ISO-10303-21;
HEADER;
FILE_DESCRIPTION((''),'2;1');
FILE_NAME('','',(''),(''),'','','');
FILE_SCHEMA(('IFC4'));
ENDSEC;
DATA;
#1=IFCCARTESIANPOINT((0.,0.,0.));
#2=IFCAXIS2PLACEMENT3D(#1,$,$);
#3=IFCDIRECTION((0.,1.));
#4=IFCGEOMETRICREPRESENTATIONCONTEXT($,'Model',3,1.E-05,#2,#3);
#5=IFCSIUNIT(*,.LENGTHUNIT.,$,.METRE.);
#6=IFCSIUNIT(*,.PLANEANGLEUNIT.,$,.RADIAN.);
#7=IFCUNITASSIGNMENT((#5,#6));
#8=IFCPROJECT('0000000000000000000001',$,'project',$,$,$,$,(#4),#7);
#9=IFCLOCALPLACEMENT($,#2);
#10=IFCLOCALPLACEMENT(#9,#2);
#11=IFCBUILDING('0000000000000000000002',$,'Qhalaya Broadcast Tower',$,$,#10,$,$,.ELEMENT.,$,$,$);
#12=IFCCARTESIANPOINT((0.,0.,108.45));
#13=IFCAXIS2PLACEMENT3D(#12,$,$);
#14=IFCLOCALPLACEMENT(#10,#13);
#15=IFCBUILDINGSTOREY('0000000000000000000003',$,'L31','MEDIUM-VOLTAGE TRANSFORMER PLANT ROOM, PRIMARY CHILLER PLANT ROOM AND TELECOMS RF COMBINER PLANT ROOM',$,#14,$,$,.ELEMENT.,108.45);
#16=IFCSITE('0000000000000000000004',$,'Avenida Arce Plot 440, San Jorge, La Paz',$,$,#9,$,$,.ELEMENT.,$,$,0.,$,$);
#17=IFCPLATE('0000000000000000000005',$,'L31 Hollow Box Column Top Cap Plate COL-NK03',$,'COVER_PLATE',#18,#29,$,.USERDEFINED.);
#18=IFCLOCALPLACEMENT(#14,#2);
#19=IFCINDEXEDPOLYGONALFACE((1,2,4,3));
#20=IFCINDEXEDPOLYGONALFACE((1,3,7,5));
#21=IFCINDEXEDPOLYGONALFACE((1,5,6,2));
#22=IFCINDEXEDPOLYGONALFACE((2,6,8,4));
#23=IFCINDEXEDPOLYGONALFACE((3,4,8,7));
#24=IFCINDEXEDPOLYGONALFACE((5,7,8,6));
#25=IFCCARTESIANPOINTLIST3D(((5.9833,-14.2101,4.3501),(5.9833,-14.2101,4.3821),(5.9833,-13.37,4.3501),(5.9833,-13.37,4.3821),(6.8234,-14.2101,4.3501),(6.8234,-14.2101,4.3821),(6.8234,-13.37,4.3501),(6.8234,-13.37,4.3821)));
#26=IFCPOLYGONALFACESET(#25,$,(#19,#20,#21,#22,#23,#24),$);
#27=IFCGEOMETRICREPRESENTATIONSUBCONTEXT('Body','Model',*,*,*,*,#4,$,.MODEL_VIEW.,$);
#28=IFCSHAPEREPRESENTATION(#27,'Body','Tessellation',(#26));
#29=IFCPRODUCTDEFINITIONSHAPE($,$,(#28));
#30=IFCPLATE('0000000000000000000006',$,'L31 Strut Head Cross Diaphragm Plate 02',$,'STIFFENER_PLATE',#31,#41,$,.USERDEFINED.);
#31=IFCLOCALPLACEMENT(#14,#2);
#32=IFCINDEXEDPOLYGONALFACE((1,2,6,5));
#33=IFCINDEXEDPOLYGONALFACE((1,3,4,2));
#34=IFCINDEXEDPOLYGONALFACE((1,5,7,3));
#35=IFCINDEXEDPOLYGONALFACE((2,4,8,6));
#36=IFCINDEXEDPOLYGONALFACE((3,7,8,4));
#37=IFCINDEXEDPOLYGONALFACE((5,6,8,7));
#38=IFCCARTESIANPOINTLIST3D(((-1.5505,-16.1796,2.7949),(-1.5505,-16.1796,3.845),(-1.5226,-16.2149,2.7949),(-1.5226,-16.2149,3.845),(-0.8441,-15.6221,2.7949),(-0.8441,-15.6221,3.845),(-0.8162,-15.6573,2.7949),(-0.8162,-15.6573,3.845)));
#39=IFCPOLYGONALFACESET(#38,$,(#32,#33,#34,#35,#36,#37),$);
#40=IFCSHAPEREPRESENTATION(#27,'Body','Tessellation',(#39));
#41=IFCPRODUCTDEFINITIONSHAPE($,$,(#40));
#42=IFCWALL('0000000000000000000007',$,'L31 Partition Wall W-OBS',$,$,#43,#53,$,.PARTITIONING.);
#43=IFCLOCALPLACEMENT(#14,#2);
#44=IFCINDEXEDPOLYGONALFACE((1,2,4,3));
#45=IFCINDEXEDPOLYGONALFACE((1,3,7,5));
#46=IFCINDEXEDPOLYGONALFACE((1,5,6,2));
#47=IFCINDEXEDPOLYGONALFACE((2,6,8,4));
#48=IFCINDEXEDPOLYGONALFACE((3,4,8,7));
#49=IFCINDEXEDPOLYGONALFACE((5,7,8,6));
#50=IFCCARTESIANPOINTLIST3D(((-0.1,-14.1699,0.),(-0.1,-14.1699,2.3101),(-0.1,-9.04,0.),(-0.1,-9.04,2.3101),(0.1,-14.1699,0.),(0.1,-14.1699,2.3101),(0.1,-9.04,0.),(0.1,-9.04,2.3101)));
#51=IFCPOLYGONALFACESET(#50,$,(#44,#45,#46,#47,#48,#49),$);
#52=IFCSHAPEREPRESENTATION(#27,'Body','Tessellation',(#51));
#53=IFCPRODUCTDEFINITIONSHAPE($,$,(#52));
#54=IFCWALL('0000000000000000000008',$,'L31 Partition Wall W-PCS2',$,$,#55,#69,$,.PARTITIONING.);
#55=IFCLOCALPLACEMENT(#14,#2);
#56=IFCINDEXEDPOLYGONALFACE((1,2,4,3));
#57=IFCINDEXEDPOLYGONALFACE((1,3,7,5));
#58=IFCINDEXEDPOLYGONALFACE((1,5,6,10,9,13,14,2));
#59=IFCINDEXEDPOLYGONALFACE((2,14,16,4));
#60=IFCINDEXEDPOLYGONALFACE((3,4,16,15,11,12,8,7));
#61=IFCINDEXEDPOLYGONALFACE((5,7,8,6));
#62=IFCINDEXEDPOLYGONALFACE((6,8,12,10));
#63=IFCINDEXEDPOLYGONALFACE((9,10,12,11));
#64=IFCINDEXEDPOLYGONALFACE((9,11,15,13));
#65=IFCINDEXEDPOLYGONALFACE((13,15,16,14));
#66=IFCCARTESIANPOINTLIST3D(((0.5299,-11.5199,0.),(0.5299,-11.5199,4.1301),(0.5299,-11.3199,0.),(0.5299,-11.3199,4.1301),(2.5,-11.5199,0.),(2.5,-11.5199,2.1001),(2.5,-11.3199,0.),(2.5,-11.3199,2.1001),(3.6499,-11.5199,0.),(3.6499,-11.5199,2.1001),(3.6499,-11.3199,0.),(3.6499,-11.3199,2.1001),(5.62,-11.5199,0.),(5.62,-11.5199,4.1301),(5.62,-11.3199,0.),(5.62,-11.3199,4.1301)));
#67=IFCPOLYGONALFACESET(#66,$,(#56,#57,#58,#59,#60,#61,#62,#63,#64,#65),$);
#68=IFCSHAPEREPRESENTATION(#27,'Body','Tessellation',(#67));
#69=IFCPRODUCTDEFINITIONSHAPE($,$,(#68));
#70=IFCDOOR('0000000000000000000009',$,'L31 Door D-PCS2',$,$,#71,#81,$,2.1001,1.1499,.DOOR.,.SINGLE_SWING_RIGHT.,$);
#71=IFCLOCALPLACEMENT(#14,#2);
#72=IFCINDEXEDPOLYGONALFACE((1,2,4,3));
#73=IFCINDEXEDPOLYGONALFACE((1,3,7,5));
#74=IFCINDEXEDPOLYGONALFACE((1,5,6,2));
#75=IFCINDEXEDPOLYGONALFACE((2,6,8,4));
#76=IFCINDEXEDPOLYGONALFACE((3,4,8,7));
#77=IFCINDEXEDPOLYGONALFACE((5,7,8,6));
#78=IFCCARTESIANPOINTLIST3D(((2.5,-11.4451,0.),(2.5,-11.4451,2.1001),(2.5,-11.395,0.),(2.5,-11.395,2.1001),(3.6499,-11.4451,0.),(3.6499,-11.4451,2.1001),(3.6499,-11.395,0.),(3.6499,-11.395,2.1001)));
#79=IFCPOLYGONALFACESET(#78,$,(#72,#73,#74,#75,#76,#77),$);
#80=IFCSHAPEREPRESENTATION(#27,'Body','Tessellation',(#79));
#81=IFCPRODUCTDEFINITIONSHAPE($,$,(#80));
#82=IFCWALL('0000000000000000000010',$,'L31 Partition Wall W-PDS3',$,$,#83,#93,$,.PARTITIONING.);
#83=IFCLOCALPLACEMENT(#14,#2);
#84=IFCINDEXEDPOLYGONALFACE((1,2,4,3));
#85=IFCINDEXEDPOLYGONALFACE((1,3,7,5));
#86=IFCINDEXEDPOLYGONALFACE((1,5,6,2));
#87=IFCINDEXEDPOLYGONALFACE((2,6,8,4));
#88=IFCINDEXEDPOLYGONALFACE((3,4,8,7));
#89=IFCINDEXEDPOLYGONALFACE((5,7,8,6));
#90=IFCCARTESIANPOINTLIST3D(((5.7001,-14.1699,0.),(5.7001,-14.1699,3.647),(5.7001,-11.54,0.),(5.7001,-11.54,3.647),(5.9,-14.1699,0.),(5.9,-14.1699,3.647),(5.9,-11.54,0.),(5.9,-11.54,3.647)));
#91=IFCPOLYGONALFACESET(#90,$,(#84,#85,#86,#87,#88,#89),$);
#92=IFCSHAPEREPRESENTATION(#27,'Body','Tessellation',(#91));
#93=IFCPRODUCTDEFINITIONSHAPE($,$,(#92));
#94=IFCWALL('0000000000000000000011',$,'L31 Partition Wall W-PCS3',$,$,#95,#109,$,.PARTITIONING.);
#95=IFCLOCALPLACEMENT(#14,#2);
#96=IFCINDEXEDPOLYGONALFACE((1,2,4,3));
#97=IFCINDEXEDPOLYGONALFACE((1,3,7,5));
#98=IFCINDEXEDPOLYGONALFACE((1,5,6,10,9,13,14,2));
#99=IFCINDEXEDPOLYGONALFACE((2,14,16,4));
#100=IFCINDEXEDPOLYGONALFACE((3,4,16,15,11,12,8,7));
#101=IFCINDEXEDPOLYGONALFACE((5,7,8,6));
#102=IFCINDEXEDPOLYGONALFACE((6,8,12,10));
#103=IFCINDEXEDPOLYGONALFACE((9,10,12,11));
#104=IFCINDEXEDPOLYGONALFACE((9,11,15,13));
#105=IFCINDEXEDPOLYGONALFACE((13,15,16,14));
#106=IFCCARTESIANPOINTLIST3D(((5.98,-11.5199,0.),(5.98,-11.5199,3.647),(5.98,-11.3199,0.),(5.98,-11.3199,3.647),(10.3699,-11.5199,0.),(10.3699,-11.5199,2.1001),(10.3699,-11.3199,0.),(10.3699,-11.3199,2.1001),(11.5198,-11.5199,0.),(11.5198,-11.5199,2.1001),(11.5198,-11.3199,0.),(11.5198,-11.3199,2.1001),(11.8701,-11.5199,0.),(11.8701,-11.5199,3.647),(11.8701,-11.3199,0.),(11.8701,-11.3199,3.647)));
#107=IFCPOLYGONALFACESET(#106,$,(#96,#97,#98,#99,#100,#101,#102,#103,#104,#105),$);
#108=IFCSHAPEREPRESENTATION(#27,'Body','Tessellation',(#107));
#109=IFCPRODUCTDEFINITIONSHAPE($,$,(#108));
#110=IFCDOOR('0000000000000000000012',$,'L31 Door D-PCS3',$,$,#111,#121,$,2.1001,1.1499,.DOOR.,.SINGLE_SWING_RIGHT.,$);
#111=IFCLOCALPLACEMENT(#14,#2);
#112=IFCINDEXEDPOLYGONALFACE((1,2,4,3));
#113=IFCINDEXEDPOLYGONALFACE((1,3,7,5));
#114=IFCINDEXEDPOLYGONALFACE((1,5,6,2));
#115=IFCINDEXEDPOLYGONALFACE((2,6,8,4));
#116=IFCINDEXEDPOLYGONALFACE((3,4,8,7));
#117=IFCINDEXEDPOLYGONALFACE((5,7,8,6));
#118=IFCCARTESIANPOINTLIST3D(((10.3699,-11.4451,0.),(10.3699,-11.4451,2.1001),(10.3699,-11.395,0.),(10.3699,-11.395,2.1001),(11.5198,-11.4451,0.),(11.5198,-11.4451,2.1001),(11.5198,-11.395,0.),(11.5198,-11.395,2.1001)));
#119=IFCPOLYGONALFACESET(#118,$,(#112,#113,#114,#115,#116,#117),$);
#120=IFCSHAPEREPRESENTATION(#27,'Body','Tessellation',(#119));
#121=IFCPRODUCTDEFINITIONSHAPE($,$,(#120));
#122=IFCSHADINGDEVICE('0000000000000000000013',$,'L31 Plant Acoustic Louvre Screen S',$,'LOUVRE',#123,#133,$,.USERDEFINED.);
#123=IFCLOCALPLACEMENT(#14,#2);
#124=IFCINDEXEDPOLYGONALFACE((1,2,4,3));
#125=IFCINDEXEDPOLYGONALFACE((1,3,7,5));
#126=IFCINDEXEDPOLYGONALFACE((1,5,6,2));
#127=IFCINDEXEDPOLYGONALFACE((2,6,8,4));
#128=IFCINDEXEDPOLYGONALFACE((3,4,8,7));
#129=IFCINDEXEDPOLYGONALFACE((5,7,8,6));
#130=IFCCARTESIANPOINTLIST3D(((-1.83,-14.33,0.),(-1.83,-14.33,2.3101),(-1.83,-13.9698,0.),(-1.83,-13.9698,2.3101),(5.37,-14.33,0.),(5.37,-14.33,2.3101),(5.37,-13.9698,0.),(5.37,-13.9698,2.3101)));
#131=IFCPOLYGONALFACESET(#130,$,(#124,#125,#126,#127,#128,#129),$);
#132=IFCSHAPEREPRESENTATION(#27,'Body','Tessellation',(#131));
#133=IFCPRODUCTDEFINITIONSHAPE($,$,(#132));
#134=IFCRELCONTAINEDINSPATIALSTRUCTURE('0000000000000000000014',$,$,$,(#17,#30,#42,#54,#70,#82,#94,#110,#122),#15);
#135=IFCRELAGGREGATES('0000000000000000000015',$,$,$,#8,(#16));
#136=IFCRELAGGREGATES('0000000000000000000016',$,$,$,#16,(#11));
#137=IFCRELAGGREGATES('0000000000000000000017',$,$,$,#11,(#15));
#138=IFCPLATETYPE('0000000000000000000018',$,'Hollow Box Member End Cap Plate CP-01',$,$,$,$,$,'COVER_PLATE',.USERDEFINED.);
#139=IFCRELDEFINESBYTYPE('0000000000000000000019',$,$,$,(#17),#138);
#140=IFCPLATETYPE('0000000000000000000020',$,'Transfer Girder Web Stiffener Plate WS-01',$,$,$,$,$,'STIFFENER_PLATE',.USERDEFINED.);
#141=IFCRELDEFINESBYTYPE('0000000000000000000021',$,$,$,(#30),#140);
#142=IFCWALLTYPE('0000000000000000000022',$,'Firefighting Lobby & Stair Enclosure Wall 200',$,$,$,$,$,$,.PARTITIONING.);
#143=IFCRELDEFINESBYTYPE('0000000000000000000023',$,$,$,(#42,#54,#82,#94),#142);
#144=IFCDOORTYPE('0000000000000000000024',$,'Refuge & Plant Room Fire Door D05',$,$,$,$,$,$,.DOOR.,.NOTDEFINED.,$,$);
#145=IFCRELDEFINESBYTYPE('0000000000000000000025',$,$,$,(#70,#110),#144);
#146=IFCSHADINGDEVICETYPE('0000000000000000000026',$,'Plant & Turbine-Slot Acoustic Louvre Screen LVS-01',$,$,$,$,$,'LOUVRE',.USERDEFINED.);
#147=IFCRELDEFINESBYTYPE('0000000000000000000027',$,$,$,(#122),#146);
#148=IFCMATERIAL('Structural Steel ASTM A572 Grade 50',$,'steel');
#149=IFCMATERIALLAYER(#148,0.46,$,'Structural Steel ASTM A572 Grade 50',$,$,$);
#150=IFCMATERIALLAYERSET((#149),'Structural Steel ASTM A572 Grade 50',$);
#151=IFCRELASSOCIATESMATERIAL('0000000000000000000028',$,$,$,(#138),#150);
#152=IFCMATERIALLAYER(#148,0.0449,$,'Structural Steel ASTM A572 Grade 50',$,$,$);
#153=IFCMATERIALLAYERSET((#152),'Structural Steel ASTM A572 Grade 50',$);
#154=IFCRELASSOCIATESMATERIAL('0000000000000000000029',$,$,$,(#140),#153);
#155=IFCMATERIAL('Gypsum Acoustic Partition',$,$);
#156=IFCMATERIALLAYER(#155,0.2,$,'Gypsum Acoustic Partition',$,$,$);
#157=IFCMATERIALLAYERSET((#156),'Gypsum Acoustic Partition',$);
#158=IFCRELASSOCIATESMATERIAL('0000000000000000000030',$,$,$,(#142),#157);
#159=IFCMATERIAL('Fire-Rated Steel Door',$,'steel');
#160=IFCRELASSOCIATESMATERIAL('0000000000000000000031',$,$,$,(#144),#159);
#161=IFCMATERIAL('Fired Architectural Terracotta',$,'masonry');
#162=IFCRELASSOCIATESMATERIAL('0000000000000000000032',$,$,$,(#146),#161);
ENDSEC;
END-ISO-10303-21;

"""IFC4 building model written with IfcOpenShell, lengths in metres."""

from ifc_helpers import new_model, si_unit, direction, frame, frame_2d, origin, origin_2d, place, context, subcontext, project, spatial, rectangle, extrude, material, layer, layer_set, type_object, element, fill, save


model = new_model("IFC4")

# Units and contexts
model_context = context("Model", 3, precision=1e-05, world=origin(), true_north=direction((0.0, 1.0)))
body_context = subcontext(model_context, "Body", "Model", "MODEL_VIEW")
ifc_project = project(units=[si_unit("LENGTHUNIT", "METRE"), si_unit("PLANEANGLEUNIT", "RADIAN")], contexts=[model_context])

# Site, building, storey
site_placement = place(None, origin())
site = spatial("IfcSite", under=ifc_project, at=site_placement, Name="Avenida Arce Plot 440, San Jorge, La Paz", CompositionType="ELEMENT", RefElevation=0.0)
building_placement = place(site_placement, origin())
building = spatial("IfcBuilding", under=site, at=building_placement, Name="Qhalaya Broadcast Tower", CompositionType="ELEMENT")
storey_placement = place(building_placement, frame((0.0, 0.0, 108.45)))
storey = spatial("IfcBuildingStorey", under=building, at=storey_placement, Name="L31", Description="MEDIUM-VOLTAGE TRANSFORMER PLANT ROOM, PRIMARY CHILLER PLANT ROOM AND TELECOMS RF COMBINER PLANT ROOM", CompositionType="ELEMENT", Elevation=108.45)

# Shared definitions
ifc_material_1 = material(Name="Structural Steel ASTM A572 Grade 50", Category="steel")

# Plates
ifc_layer_1 = layer(ifc_material_1, 0.46, Name="Structural Steel ASTM A572 Grade 50")
ifc_layer_set_1 = layer_set([ifc_layer_1], Name="Structural Steel ASTM A572 Grade 50")
plate_type_1 = type_object("IfcPlateType", Name="Hollow Box Member End Cap Plate CP-01", ElementType="COVER_PLATE", PredefinedType="USERDEFINED", material=ifc_layer_set_1)
plate_1_placement = place(storey_placement, frame((6.4033, -13.79, 4.3501), z_axis=(0.0, 0.0, 1.0), x_axis=(1.0, 0.0, 0.0)))
element("IfcPlate", 1, at=plate_1_placement, inside=storey, type_object=plate_type_1, Name="L31 Hollow Box Column Top Cap Plate COL-NK03", ObjectType="COVER_PLATE", PredefinedType="USERDEFINED", context=body_context, shape_type="SweptSolid", body=[
    extrude(rectangle(XDim=0.8401, YDim=0.8401, at=origin_2d()), origin(), (0.0, 0.0, 1.0), 0.032),
])
ifc_layer_2 = layer(ifc_material_1, 0.0449, Name="Structural Steel ASTM A572 Grade 50")
ifc_layer_set_2 = layer_set([ifc_layer_2], Name="Structural Steel ASTM A572 Grade 50")
plate_type_2 = type_object("IfcPlateType", Name="Transfer Girder Web Stiffener Plate WS-01", ElementType="STIFFENER_PLATE", PredefinedType="USERDEFINED", material=ifc_layer_set_2)
plate_2_placement = place(storey_placement, frame((-1.1833, -15.9185, 2.7949), z_axis=(0.0, 0.0, 1.0), x_axis=(0.78496, 0.619546, 0.0)))
element("IfcPlate", 2, at=plate_2_placement, inside=storey, type_object=plate_type_2, Name="L31 Strut Head Cross Diaphragm Plate 02", ObjectType="STIFFENER_PLATE", PredefinedType="USERDEFINED", context=body_context, shape_type="SweptSolid", body=[
    extrude(rectangle(XDim=0.8999, YDim=0.0449, at=origin_2d()), origin(), (0.0, 0.0, 1.0), 1.05),
])

# Wall
ifc_material_2 = material(Name="Gypsum Acoustic Partition")
ifc_layer_3 = layer(ifc_material_2, 0.2, Name="Gypsum Acoustic Partition")
ifc_layer_set_3 = layer_set([ifc_layer_3], Name="Gypsum Acoustic Partition")
wall_type = type_object("IfcWallType", Name="Firefighting Lobby & Stair Enclosure Wall 200", PredefinedType="PARTITIONING", material=ifc_layer_set_3)
wall_1_placement = place(storey_placement, frame((0.0, -14.1699, 0.0), z_axis=(0.0, 0.0, 1.0), x_axis=(0.0, 1.0, 0.0)))
element("IfcWall", 3, at=wall_1_placement, inside=storey, type_object=wall_type, Name="L31 Partition Wall W-OBS", PredefinedType="PARTITIONING", context=body_context, shape_type="SweptSolid", body=[
    extrude(rectangle(XDim=5.1299, YDim=0.2, at=frame_2d((2.5649, 0.0))), origin(), (0.0, 0.0, 1.0), 2.3101),
])

# Wall, opening, door
wall_2_placement = place(storey_placement, frame((0.53, -11.4199, 0.0), z_axis=(0.0, 0.0, 1.0), x_axis=(1.0, 0.0, 0.0)))
wall_2 = element("IfcWall", 4, at=wall_2_placement, inside=storey, type_object=wall_type, Name="L31 Partition Wall W-PCS2", PredefinedType="PARTITIONING", context=body_context, shape_type="SweptSolid", body=[
    extrude(rectangle(XDim=5.0901, YDim=0.2, at=frame_2d((2.5449, 0.0))), origin(), (0.0, 0.0, 1.0), 4.1301),
])
opening_1_placement = place(wall_2_placement, frame((1.97, 0.0, 0.0)))
opening_1 = element("IfcOpeningElement", 5, at=opening_1_placement, cuts=wall_2, PredefinedType="OPENING", context=body_context, shape_type="SweptSolid", body=[
    extrude(rectangle(XDim=1.1499, YDim=2.1001, at=frame_2d((0.575, 1.05))), frame((0.0, 0.1121, 0.0), z_axis=(0.0, -1.0, 0.0), x_axis=(1.0, 0.0, 0.0)), (0.0, 0.0, 1.0), 0.2239),
])
ifc_material_3 = material(Name="Fire-Rated Steel Door", Category="steel")
door_type = type_object("IfcDoorType", Name="Refuge & Plant Room Fire Door D05", OperationType="NOTDEFINED", PredefinedType="DOOR", material=ifc_material_3)
door_1_placement = place(opening_1_placement, origin())
door_1 = element("IfcDoor", 6, at=door_1_placement, inside=storey, type_object=door_type, Name="L31 Door D-PCS2", OperationType="SINGLE_SWING_RIGHT", OverallHeight=2.1001, OverallWidth=1.1499, PredefinedType="DOOR", context=body_context, shape_type="SweptSolid", body=[
    extrude(rectangle(XDim=1.1499, YDim=2.1001, at=frame_2d((0.575, 1.05))), frame((0.0, 0.0249, 0.0), z_axis=(0.0, -1.0, 0.0), x_axis=(1.0, 0.0, 0.0)), (0.0, 0.0, 1.0), 0.05),
])
fill(opening_1, door_1)

# Wall
wall_3_placement = place(storey_placement, frame((5.8, -14.1699, 0.0), z_axis=(0.0, 0.0, 1.0), x_axis=(0.0, 1.0, 0.0)))
element("IfcWall", 7, at=wall_3_placement, inside=storey, type_object=wall_type, Name="L31 Partition Wall W-PDS3", PredefinedType="PARTITIONING", context=body_context, shape_type="SweptSolid", body=[
    extrude(rectangle(XDim=2.6299, YDim=0.2, at=frame_2d((1.3149, 0.0))), origin(), (0.0, 0.0, 1.0), 3.647),
])

# Wall, opening, door
wall_4_placement = place(storey_placement, frame((5.98, -11.4199, 0.0), z_axis=(0.0, 0.0, 1.0), x_axis=(1.0, 0.0, 0.0)))
wall_4 = element("IfcWall", 8, at=wall_4_placement, inside=storey, type_object=wall_type, Name="L31 Partition Wall W-PCS3", PredefinedType="PARTITIONING", context=body_context, shape_type="SweptSolid", body=[
    extrude(rectangle(XDim=5.8901, YDim=0.2, at=frame_2d((2.9451, 0.0))), origin(), (0.0, 0.0, 1.0), 3.647),
])
opening_2_placement = place(wall_4_placement, frame((4.3899, 0.0, 0.0)))
opening_2 = element("IfcOpeningElement", 9, at=opening_2_placement, cuts=wall_4, PredefinedType="OPENING", context=body_context, shape_type="SweptSolid", body=[
    extrude(rectangle(XDim=1.1499, YDim=2.1001, at=frame_2d((0.575, 1.05))), frame((0.0, 0.1121, 0.0), z_axis=(0.0, -1.0, 0.0), x_axis=(1.0, 0.0, 0.0)), (0.0, 0.0, 1.0), 0.2239),
])
door_2_placement = place(opening_2_placement, origin())
door_2 = element("IfcDoor", 10, at=door_2_placement, inside=storey, type_object=door_type, Name="L31 Door D-PCS3", OperationType="SINGLE_SWING_RIGHT", OverallHeight=2.1001, OverallWidth=1.1499, PredefinedType="DOOR", context=body_context, shape_type="SweptSolid", body=[
    extrude(rectangle(XDim=1.1499, YDim=2.1001, at=frame_2d((0.575, 1.05))), frame((0.0, 0.0249, 0.0), z_axis=(0.0, -1.0, 0.0), x_axis=(1.0, 0.0, 0.0)), (0.0, 0.0, 1.0), 0.05),
])
fill(opening_2, door_2)

# Shading device
ifc_material_4 = material(Name="Fired Architectural Terracotta", Category="masonry")
shading_device_type = type_object("IfcShadingDeviceType", Name="Plant & Turbine-Slot Acoustic Louvre Screen LVS-01", ElementType="LOUVRE", PredefinedType="USERDEFINED", material=ifc_material_4)
shading_device_placement = place(storey_placement, frame((1.77, -14.1499, 0.0), z_axis=(0.0, 0.0, 1.0), x_axis=(-1.0, 0.0, 0.0)))
element("IfcShadingDevice", 11, at=shading_device_placement, inside=storey, type_object=shading_device_type, Name="L31 Plant Acoustic Louvre Screen S", ObjectType="LOUVRE", PredefinedType="USERDEFINED", context=body_context, shape_type="SweptSolid", body=[
    extrude(rectangle(XDim=7.2, YDim=0.3601, at=origin_2d()), origin(), (0.0, 0.0, 1.0), 2.3101),
])

save(model, "model.ifc")
